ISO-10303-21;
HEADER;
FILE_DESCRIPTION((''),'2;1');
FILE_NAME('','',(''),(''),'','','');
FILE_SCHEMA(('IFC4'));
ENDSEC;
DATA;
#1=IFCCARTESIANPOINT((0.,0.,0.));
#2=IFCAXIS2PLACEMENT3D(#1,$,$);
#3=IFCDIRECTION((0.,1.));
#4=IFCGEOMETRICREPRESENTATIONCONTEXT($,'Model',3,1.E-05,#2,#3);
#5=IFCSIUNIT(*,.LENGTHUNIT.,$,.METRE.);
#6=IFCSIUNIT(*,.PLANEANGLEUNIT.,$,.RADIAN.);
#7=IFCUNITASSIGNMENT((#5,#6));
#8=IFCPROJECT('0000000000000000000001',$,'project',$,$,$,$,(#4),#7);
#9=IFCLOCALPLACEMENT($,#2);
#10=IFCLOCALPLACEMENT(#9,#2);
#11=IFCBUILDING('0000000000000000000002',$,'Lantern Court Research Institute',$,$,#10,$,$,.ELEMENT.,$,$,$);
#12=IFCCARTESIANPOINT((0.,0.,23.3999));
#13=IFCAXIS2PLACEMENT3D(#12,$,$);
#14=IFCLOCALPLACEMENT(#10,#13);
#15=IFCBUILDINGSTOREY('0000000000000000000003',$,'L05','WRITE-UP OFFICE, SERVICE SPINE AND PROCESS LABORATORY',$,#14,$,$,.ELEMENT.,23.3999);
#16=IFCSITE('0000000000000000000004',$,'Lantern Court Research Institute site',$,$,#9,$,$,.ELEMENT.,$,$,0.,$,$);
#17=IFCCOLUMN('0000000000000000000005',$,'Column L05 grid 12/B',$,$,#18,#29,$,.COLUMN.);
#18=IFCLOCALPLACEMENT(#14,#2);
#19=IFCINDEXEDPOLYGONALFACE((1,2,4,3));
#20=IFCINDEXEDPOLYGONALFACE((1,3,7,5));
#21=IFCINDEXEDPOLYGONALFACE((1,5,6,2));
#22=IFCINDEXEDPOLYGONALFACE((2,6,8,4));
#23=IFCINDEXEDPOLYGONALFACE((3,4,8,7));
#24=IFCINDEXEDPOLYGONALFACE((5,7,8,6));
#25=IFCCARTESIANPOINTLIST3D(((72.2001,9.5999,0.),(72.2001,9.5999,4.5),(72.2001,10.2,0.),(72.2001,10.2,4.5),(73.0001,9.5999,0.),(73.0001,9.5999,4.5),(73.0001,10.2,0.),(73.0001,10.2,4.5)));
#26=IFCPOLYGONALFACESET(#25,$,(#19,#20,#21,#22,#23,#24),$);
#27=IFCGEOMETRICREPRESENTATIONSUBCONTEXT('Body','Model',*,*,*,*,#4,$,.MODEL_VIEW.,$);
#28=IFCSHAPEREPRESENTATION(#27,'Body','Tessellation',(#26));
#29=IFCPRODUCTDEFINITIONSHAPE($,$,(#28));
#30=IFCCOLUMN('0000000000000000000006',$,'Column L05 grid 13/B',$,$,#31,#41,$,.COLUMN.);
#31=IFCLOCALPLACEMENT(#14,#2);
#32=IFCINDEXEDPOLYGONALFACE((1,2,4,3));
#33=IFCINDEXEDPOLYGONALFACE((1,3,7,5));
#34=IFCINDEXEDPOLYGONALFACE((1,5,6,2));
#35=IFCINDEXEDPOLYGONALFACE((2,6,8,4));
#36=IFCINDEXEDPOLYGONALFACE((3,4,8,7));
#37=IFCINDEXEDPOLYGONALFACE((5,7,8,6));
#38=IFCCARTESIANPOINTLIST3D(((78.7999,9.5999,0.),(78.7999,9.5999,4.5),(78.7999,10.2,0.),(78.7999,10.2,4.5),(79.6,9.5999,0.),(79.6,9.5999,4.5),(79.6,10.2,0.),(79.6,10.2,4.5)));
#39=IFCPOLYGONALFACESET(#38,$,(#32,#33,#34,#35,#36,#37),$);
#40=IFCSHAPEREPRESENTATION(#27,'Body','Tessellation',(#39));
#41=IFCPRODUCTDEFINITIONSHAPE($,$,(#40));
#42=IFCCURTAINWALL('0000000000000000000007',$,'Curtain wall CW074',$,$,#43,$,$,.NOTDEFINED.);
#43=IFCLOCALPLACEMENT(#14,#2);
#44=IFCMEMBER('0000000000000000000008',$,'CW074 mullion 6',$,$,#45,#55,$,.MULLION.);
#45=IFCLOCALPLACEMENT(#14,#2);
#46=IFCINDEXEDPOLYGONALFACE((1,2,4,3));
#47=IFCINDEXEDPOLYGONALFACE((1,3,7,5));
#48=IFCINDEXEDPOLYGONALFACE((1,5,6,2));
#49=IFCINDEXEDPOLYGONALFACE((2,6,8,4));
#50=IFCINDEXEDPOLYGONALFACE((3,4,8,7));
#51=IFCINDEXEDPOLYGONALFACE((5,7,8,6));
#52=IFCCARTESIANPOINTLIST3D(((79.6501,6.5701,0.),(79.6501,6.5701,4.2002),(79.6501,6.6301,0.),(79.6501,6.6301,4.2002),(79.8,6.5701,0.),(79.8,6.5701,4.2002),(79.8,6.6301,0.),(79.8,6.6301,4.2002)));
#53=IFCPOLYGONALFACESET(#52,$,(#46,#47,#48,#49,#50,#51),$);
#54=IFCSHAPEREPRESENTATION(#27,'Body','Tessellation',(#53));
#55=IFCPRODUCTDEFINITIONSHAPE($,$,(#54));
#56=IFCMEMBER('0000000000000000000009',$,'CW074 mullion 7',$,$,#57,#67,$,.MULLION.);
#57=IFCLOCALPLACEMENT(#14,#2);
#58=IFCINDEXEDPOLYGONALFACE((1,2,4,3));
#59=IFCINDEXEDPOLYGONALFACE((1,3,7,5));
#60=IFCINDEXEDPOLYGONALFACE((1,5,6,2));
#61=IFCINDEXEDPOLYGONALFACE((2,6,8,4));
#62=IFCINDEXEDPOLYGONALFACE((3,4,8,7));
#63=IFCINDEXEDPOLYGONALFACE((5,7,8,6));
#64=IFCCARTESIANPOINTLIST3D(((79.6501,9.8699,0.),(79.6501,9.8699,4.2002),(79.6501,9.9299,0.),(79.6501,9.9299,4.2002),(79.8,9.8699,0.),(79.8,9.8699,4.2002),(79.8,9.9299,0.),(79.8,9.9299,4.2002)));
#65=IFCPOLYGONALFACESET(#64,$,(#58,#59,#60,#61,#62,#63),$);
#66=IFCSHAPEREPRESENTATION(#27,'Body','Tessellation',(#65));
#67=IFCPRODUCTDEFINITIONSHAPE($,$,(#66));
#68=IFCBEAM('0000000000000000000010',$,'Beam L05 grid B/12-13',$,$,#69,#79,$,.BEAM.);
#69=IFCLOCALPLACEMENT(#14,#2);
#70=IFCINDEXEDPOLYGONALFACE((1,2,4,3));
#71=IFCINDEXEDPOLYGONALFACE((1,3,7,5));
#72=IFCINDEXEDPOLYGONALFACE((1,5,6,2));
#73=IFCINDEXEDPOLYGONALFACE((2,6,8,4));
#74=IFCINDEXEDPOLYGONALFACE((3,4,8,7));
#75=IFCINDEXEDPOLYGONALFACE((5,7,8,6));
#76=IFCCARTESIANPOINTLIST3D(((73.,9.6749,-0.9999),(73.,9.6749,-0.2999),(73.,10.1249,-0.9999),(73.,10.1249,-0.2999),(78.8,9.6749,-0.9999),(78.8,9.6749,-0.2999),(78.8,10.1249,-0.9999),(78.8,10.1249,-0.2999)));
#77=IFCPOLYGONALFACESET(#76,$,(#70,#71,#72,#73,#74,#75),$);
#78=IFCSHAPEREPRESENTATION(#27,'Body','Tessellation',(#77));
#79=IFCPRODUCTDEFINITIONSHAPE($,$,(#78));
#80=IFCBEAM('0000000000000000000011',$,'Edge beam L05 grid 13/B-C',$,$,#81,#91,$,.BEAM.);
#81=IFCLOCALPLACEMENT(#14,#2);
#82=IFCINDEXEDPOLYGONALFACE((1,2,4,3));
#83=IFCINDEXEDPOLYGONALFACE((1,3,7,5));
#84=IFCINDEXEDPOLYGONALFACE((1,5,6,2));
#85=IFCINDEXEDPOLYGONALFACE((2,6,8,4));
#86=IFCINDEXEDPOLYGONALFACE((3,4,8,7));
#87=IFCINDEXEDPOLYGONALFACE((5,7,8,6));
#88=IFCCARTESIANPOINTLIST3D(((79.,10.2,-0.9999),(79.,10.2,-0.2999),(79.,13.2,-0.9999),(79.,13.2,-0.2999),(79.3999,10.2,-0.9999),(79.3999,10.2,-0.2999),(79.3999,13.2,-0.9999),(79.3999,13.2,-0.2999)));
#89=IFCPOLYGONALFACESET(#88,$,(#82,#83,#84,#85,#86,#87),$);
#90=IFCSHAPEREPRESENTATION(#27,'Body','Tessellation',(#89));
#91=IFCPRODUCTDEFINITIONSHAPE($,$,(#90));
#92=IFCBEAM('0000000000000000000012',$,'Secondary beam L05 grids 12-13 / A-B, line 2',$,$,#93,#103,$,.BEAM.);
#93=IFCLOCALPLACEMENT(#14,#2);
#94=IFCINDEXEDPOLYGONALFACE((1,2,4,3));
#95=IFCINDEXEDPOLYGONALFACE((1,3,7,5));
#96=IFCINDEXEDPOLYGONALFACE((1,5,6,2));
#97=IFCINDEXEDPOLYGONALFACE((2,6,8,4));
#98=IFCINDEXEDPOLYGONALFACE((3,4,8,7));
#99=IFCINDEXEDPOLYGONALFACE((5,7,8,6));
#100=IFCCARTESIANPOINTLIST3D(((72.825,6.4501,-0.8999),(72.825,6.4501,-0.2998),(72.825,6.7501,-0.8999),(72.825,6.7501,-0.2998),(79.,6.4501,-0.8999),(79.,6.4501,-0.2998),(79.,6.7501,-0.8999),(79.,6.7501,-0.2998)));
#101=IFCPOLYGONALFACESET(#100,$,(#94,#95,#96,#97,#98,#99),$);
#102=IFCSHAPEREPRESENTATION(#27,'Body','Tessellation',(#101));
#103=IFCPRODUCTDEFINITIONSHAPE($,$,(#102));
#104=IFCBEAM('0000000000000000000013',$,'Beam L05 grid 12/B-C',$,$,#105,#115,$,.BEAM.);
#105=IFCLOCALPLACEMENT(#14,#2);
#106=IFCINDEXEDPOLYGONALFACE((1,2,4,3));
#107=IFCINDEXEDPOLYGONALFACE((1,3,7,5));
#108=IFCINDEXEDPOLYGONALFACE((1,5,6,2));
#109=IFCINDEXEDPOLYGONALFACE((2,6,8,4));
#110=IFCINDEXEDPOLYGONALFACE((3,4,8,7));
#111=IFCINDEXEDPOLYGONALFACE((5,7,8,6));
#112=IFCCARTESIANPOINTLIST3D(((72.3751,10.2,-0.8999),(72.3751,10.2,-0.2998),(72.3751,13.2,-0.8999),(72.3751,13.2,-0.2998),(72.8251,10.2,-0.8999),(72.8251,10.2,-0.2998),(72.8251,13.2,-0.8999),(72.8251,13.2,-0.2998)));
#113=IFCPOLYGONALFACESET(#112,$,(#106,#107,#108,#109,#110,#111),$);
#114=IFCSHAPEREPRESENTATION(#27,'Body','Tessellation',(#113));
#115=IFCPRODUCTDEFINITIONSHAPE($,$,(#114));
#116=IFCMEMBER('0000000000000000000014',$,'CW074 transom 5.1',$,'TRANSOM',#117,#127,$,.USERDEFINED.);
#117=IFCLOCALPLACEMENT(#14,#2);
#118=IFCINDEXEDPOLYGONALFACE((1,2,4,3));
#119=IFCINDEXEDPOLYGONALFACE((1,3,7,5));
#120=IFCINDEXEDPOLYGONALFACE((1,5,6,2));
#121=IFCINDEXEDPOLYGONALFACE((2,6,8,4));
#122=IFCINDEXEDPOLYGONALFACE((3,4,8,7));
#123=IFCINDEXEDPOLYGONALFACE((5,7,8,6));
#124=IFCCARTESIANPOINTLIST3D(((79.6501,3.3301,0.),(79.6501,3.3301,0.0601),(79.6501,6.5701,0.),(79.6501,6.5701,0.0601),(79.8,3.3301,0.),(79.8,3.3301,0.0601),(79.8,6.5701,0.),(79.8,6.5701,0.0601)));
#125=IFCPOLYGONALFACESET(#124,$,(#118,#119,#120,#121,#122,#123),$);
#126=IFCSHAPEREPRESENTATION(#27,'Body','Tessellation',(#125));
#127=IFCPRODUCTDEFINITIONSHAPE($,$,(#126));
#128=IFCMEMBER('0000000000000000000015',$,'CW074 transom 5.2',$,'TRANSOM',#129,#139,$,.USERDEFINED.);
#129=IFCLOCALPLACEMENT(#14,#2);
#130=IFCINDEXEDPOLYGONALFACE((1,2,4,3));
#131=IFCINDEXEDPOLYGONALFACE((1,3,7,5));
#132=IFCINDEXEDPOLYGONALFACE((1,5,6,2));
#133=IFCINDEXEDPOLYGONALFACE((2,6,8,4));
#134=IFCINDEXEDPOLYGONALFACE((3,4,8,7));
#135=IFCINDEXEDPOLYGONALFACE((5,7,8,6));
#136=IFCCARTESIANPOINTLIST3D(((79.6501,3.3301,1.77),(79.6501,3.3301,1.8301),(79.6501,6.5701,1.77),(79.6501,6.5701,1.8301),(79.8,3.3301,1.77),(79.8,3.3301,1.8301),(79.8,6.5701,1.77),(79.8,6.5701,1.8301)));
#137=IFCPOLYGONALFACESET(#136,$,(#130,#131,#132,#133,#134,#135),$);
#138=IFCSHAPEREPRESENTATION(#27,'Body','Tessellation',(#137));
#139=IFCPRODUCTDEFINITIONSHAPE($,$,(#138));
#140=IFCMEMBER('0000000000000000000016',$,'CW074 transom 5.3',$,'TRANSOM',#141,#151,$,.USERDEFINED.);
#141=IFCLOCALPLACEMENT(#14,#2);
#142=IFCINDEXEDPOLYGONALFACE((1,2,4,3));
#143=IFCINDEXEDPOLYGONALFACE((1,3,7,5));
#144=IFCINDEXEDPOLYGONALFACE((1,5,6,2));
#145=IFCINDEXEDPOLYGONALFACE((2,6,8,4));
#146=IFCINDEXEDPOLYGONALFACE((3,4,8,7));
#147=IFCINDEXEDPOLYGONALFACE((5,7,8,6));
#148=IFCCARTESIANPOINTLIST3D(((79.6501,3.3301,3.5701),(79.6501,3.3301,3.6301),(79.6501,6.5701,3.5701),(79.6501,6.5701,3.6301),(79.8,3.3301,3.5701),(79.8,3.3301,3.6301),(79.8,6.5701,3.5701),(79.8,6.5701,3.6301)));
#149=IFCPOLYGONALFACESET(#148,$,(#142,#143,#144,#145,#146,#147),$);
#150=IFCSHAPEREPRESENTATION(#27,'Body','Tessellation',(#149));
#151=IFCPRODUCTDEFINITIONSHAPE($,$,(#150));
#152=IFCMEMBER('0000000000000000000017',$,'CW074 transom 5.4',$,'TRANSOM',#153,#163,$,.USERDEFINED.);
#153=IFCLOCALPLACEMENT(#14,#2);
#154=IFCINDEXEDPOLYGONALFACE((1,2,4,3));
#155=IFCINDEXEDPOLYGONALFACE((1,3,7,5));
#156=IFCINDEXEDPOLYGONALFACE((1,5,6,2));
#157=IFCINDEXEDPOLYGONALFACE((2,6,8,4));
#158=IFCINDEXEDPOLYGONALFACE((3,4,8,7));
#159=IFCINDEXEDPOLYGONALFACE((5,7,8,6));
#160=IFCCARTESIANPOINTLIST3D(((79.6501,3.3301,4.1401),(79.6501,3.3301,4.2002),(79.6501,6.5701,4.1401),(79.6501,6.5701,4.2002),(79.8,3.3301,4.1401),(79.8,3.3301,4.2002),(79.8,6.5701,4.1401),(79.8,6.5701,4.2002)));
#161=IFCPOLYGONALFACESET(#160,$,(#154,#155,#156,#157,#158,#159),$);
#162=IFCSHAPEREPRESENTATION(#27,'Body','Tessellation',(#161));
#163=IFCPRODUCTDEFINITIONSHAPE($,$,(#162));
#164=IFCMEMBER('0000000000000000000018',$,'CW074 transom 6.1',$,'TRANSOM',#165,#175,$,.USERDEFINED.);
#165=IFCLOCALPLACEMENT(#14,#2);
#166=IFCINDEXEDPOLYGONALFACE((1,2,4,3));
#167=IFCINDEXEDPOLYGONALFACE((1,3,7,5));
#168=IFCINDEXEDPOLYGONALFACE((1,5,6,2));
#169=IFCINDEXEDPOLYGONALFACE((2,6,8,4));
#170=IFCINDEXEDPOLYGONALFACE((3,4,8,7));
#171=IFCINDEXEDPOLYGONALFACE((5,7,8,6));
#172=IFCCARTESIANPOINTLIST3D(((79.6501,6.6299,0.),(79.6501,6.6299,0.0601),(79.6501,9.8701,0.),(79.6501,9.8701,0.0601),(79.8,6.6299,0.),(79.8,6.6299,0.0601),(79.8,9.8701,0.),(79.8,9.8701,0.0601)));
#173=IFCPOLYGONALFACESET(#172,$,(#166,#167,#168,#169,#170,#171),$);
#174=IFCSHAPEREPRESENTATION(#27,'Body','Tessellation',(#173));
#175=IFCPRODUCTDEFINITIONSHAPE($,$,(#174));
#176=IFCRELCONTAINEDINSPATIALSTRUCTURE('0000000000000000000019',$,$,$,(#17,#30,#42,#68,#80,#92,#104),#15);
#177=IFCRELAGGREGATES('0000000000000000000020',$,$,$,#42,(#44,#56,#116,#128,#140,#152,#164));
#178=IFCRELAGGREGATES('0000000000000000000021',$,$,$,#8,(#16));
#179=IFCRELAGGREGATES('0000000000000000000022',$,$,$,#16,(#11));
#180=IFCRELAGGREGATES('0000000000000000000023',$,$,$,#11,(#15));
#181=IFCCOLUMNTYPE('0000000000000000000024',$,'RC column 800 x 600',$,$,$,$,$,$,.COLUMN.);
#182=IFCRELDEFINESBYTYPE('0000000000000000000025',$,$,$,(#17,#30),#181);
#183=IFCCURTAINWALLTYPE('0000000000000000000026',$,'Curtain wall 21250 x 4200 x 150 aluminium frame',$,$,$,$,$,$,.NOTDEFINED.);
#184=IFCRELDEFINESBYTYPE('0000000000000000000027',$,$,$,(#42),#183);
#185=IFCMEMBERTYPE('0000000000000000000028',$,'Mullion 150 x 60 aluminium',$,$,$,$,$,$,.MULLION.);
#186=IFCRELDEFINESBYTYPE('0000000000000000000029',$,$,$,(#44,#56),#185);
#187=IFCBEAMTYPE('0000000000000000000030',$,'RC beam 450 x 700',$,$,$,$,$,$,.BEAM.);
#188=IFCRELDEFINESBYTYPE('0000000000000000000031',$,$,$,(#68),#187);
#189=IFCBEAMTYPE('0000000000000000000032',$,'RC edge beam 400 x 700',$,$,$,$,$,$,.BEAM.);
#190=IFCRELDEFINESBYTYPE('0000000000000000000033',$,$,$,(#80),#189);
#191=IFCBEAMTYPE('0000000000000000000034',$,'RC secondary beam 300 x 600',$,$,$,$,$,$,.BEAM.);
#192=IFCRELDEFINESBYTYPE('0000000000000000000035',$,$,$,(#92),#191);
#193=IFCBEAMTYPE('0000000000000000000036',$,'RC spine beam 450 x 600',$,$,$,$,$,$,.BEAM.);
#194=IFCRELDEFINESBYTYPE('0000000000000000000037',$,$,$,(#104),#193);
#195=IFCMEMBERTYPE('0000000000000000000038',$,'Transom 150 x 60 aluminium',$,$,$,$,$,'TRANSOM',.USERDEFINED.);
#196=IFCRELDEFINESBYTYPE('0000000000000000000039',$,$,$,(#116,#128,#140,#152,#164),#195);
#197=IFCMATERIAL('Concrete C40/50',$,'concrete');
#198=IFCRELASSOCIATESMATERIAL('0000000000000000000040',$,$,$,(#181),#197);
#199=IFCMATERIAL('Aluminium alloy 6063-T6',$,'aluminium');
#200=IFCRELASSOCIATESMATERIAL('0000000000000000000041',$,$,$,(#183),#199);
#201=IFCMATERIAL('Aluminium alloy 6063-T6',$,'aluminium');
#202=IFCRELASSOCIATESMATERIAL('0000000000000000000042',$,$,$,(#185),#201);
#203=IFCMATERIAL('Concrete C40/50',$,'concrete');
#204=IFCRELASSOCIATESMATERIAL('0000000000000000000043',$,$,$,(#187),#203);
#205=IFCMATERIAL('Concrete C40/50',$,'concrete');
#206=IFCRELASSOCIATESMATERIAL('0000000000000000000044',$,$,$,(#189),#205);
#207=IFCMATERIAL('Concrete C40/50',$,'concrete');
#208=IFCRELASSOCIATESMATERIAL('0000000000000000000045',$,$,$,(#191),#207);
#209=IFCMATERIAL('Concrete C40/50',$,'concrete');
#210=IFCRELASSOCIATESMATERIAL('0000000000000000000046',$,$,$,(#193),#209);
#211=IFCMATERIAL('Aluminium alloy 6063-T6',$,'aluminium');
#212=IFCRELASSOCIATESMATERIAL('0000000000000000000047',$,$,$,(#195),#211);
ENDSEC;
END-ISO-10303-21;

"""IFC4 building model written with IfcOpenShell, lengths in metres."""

from ifc_helpers import new_model, si_unit, direction, frame, origin, origin_2d, place, context, subcontext, project, spatial, rectangle, extrude, material, material_profile, profile_set, type_object, element, aggregate, save


model = new_model("IFC4")

# Units and contexts
model_context = context("Model", 3, precision=1e-05, world=origin(), true_north=direction((0.0, 1.0)))
body_context = subcontext(model_context, "Body", "Model", "MODEL_VIEW")
ifc_project = project(units=[si_unit("LENGTHUNIT", "METRE"), si_unit("PLANEANGLEUNIT", "RADIAN")], contexts=[model_context])

# Site, building, storey
site_placement = place(None, origin())
site = spatial("IfcSite", under=ifc_project, at=site_placement, Name="Lantern Court Research Institute site", CompositionType="ELEMENT", RefElevation=0.0)
building_placement = place(site_placement, origin())
building = spatial("IfcBuilding", under=site, at=building_placement, Name="Lantern Court Research Institute", CompositionType="ELEMENT")
storey_placement = place(building_placement, frame((0.0, 0.0, 23.3999)))
storey = spatial("IfcBuildingStorey", under=building, at=storey_placement, Name="L05", Description="WRITE-UP OFFICE, SERVICE SPINE AND PROCESS LABORATORY", CompositionType="ELEMENT", Elevation=23.3999)

# Columns
ifc_material_1 = material(Name="Concrete C40/50", Category="concrete")
ifc_material_profile_1 = material_profile(ifc_material_1, rectangle(XDim=0.8, YDim=0.6001, at=origin_2d()), Name="RC column 800 x 600")
ifc_profile_set_1 = profile_set([ifc_material_profile_1], Name="Concrete C40/50")
column_type = type_object("IfcColumnType", Name="RC column 800 x 600", PredefinedType="COLUMN", material=ifc_profile_set_1)
for number, where, z_axis, x_axis, name in (
    (1, (72.6001, 9.8999, 0.0), (0.0, 0.0, 1.0), (1.0, 0.0, 0.0), "Column L05 grid 12/B"),
    (2, (79.2, 9.8999, 0.0), (0.0, 0.0, 1.0), (1.0, 0.0, 0.0), "Column L05 grid 13/B"),
):
    element("IfcColumn", number, at=place(storey_placement, frame(where, z_axis=z_axis, x_axis=x_axis)), inside=storey, type_object=column_type, Name=name, PredefinedType="COLUMN", context=body_context, shape_type="SweptSolid", body=[
        extrude(rectangle(XDim=0.8, YDim=0.6001, at=origin_2d()), origin(), (0.0, 0.0, 1.0), 4.5),
    ])

# Curtain wall, members
ifc_material_2 = material(Name="Aluminium alloy 6063-T6", Category="aluminium")
curtain_wall_type = type_object("IfcCurtainWallType", Name="Curtain wall 21250 x 4200 x 150 aluminium frame", PredefinedType="NOTDEFINED", material=ifc_material_2)
curtain_wall_placement = place(storey_placement, origin())
curtain_wall = element("IfcCurtainWall", 3, at=curtain_wall_placement, inside=storey, type_object=curtain_wall_type, Name="Curtain wall CW074", PredefinedType="NOTDEFINED")
ifc_material_3 = material(Name="Aluminium alloy 6063-T6", Category="aluminium")
ifc_material_profile_2 = material_profile(ifc_material_3, rectangle(XDim=0.1499, YDim=0.0601, at=origin_2d()), Name="Mullion 150 x 60")
ifc_profile_set_2 = profile_set([ifc_material_profile_2], Name="Aluminium alloy 6063-T6")
member_type_1 = type_object("IfcMemberType", Name="Mullion 150 x 60 aluminium", PredefinedType="MULLION", material=ifc_profile_set_2)
member_1_placement = place(storey_placement, frame((79.7251, 6.6001, 0.0), z_axis=(0.0, 0.0, 1.0), x_axis=(1.0, 0.0, 0.0)))
member_1 = element("IfcMember", 4, at=member_1_placement, type_object=member_type_1, Name="CW074 mullion 6", PredefinedType="MULLION", context=body_context, shape_type="SweptSolid", body=[
    extrude(rectangle(XDim=0.1499, YDim=0.0601, at=origin_2d()), origin(), (0.0, 0.0, 1.0), 4.2002),
])
member_2_placement = place(storey_placement, frame((79.7251, 9.8999, 0.0), z_axis=(0.0, 0.0, 1.0), x_axis=(1.0, 0.0, 0.0)))
member_2 = element("IfcMember", 5, at=member_2_placement, type_object=member_type_1, Name="CW074 mullion 7", PredefinedType="MULLION", context=body_context, shape_type="SweptSolid", body=[
    extrude(rectangle(XDim=0.1499, YDim=0.0601, at=origin_2d()), origin(), (0.0, 0.0, 1.0), 4.2002),
])

# Beams
ifc_material_4 = material(Name="Concrete C40/50", Category="concrete")
ifc_material_profile_3 = material_profile(ifc_material_4, rectangle(XDim=0.45, YDim=0.7, at=origin_2d()), Name="RC beam 450 x 700")
ifc_profile_set_3 = profile_set([ifc_material_profile_3], Name="Concrete C40/50")
beam_type_1 = type_object("IfcBeamType", Name="RC beam 450 x 700", PredefinedType="BEAM", material=ifc_profile_set_3)
beam_1_placement = place(storey_placement, frame((73.0, 9.8999, -0.6499), z_axis=(1.0, 0.0, 0.0), x_axis=(0.0, 1.0, 0.0)))
element("IfcBeam", 6, at=beam_1_placement, inside=storey, type_object=beam_type_1, Name="Beam L05 grid B/12-13", PredefinedType="BEAM", context=body_context, shape_type="SweptSolid", body=[
    extrude(rectangle(XDim=0.45, YDim=0.7, at=origin_2d()), origin(), (0.0, 0.0, 1.0), 5.8),
])
ifc_material_5 = material(Name="Concrete C40/50", Category="concrete")
ifc_material_profile_4 = material_profile(ifc_material_5, rectangle(XDim=0.3999, YDim=0.7, at=origin_2d()), Name="RC beam 400 x 700")
ifc_profile_set_4 = profile_set([ifc_material_profile_4], Name="Concrete C40/50")
beam_type_2 = type_object("IfcBeamType", Name="RC edge beam 400 x 700", PredefinedType="BEAM", material=ifc_profile_set_4)
beam_2_placement = place(storey_placement, frame((79.2, 10.2, -0.6499), z_axis=(0.0, 1.0, 0.0), x_axis=(-1.0, 0.0, 0.0)))
element("IfcBeam", 7, at=beam_2_placement, inside=storey, type_object=beam_type_2, Name="Edge beam L05 grid 13/B-C", PredefinedType="BEAM", context=body_context, shape_type="SweptSolid", body=[
    extrude(rectangle(XDim=0.3999, YDim=0.7, at=origin_2d()), origin(), (0.0, 0.0, 1.0), 3.0),
])
ifc_material_6 = material(Name="Concrete C40/50", Category="concrete")
ifc_material_profile_5 = material_profile(ifc_material_6, rectangle(XDim=0.3, YDim=0.6001, at=origin_2d()), Name="RC beam 300 x 600")
ifc_profile_set_5 = profile_set([ifc_material_profile_5], Name="Concrete C40/50")
beam_type_3 = type_object("IfcBeamType", Name="RC secondary beam 300 x 600", PredefinedType="BEAM", material=ifc_profile_set_5)
beam_3_placement = place(storey_placement, frame((72.825, 6.6001, -0.5999), z_axis=(1.0, 0.0, 0.0), x_axis=(0.0, 1.0, 0.0)))
element("IfcBeam", 8, at=beam_3_placement, inside=storey, type_object=beam_type_3, Name="Secondary beam L05 grids 12-13 / A-B, line 2", PredefinedType="BEAM", context=body_context, shape_type="SweptSolid", body=[
    extrude(rectangle(XDim=0.3, YDim=0.6001, at=origin_2d()), origin(), (0.0, 0.0, 1.0), 6.175),
])
ifc_material_7 = material(Name="Concrete C40/50", Category="concrete")
ifc_material_profile_6 = material_profile(ifc_material_7, rectangle(XDim=0.45, YDim=0.6001, at=origin_2d()), Name="RC beam 450 x 600")
ifc_profile_set_6 = profile_set([ifc_material_profile_6], Name="Concrete C40/50")
beam_type_4 = type_object("IfcBeamType", Name="RC spine beam 450 x 600", PredefinedType="BEAM", material=ifc_profile_set_6)
beam_4_placement = place(storey_placement, frame((72.6001, 10.2, -0.5999), z_axis=(0.0, 1.0, 0.0), x_axis=(-1.0, 0.0, 0.0)))
element("IfcBeam", 9, at=beam_4_placement, inside=storey, type_object=beam_type_4, Name="Beam L05 grid 12/B-C", PredefinedType="BEAM", context=body_context, shape_type="SweptSolid", body=[
    extrude(rectangle(XDim=0.45, YDim=0.6001, at=origin_2d()), origin(), (0.0, 0.0, 1.0), 3.0),
])

# Members
ifc_material_8 = material(Name="Aluminium alloy 6063-T6", Category="aluminium")
ifc_material_profile_7 = material_profile(ifc_material_8, rectangle(XDim=0.1499, YDim=0.0601, at=origin_2d()), Name="Transom 150 x 60")
ifc_profile_set_7 = profile_set([ifc_material_profile_7], Name="Aluminium alloy 6063-T6")
member_type_2 = type_object("IfcMemberType", Name="Transom 150 x 60 aluminium", ElementType="TRANSOM", PredefinedType="USERDEFINED", material=ifc_profile_set_7)
member_3_placement = place(storey_placement, frame((79.7251, 6.5701, 0.03), z_axis=(0.0, -1.0, 0.0), x_axis=(1.0, 0.0, 0.0)))
member_3 = element("IfcMember", 10, at=member_3_placement, type_object=member_type_2, Name="CW074 transom 5.1", ObjectType="TRANSOM", PredefinedType="USERDEFINED", context=body_context, shape_type="SweptSolid", body=[
    extrude(rectangle(XDim=0.1499, YDim=0.0601, at=origin_2d()), origin(), (0.0, 0.0, 1.0), 3.24),
])
member_4_placement = place(storey_placement, frame((79.7251, 6.5701, 1.8), z_axis=(0.0, -1.0, 0.0), x_axis=(1.0, 0.0, 0.0)))
member_4 = element("IfcMember", 11, at=member_4_placement, type_object=member_type_2, Name="CW074 transom 5.2", ObjectType="TRANSOM", PredefinedType="USERDEFINED", context=body_context, shape_type="SweptSolid", body=[
    extrude(rectangle(XDim=0.1499, YDim=0.0601, at=origin_2d()), origin(), (0.0, 0.0, 1.0), 3.24),
])
member_5_placement = place(storey_placement, frame((79.7251, 6.5701, 3.6001), z_axis=(0.0, -1.0, 0.0), x_axis=(1.0, 0.0, 0.0)))
member_5 = element("IfcMember", 12, at=member_5_placement, type_object=member_type_2, Name="CW074 transom 5.3", ObjectType="TRANSOM", PredefinedType="USERDEFINED", context=body_context, shape_type="SweptSolid", body=[
    extrude(rectangle(XDim=0.1499, YDim=0.0601, at=origin_2d()), origin(), (0.0, 0.0, 1.0), 3.24),
])
member_6_placement = place(storey_placement, frame((79.7251, 6.5701, 4.1702), z_axis=(0.0, -1.0, 0.0), x_axis=(1.0, 0.0, 0.0)))
member_6 = element("IfcMember", 13, at=member_6_placement, type_object=member_type_2, Name="CW074 transom 5.4", ObjectType="TRANSOM", PredefinedType="USERDEFINED", context=body_context, shape_type="SweptSolid", body=[
    extrude(rectangle(XDim=0.1499, YDim=0.0601, at=origin_2d()), origin(), (0.0, 0.0, 1.0), 3.24),
])
member_7_placement = place(storey_placement, frame((79.7251, 9.8701, 0.03), z_axis=(0.0, -1.0, 0.0), x_axis=(1.0, 0.0, 0.0)))
member_7 = element("IfcMember", 14, at=member_7_placement, type_object=member_type_2, Name="CW074 transom 6.1", ObjectType="TRANSOM", PredefinedType="USERDEFINED", context=body_context, shape_type="SweptSolid", body=[
    extrude(rectangle(XDim=0.1499, YDim=0.0601, at=origin_2d()), origin(), (0.0, 0.0, 1.0), 3.2402),
])

aggregate(curtain_wall, [member_1, member_2, member_3, member_4, member_5, member_6, member_7])

save(model, "model.ifc")
